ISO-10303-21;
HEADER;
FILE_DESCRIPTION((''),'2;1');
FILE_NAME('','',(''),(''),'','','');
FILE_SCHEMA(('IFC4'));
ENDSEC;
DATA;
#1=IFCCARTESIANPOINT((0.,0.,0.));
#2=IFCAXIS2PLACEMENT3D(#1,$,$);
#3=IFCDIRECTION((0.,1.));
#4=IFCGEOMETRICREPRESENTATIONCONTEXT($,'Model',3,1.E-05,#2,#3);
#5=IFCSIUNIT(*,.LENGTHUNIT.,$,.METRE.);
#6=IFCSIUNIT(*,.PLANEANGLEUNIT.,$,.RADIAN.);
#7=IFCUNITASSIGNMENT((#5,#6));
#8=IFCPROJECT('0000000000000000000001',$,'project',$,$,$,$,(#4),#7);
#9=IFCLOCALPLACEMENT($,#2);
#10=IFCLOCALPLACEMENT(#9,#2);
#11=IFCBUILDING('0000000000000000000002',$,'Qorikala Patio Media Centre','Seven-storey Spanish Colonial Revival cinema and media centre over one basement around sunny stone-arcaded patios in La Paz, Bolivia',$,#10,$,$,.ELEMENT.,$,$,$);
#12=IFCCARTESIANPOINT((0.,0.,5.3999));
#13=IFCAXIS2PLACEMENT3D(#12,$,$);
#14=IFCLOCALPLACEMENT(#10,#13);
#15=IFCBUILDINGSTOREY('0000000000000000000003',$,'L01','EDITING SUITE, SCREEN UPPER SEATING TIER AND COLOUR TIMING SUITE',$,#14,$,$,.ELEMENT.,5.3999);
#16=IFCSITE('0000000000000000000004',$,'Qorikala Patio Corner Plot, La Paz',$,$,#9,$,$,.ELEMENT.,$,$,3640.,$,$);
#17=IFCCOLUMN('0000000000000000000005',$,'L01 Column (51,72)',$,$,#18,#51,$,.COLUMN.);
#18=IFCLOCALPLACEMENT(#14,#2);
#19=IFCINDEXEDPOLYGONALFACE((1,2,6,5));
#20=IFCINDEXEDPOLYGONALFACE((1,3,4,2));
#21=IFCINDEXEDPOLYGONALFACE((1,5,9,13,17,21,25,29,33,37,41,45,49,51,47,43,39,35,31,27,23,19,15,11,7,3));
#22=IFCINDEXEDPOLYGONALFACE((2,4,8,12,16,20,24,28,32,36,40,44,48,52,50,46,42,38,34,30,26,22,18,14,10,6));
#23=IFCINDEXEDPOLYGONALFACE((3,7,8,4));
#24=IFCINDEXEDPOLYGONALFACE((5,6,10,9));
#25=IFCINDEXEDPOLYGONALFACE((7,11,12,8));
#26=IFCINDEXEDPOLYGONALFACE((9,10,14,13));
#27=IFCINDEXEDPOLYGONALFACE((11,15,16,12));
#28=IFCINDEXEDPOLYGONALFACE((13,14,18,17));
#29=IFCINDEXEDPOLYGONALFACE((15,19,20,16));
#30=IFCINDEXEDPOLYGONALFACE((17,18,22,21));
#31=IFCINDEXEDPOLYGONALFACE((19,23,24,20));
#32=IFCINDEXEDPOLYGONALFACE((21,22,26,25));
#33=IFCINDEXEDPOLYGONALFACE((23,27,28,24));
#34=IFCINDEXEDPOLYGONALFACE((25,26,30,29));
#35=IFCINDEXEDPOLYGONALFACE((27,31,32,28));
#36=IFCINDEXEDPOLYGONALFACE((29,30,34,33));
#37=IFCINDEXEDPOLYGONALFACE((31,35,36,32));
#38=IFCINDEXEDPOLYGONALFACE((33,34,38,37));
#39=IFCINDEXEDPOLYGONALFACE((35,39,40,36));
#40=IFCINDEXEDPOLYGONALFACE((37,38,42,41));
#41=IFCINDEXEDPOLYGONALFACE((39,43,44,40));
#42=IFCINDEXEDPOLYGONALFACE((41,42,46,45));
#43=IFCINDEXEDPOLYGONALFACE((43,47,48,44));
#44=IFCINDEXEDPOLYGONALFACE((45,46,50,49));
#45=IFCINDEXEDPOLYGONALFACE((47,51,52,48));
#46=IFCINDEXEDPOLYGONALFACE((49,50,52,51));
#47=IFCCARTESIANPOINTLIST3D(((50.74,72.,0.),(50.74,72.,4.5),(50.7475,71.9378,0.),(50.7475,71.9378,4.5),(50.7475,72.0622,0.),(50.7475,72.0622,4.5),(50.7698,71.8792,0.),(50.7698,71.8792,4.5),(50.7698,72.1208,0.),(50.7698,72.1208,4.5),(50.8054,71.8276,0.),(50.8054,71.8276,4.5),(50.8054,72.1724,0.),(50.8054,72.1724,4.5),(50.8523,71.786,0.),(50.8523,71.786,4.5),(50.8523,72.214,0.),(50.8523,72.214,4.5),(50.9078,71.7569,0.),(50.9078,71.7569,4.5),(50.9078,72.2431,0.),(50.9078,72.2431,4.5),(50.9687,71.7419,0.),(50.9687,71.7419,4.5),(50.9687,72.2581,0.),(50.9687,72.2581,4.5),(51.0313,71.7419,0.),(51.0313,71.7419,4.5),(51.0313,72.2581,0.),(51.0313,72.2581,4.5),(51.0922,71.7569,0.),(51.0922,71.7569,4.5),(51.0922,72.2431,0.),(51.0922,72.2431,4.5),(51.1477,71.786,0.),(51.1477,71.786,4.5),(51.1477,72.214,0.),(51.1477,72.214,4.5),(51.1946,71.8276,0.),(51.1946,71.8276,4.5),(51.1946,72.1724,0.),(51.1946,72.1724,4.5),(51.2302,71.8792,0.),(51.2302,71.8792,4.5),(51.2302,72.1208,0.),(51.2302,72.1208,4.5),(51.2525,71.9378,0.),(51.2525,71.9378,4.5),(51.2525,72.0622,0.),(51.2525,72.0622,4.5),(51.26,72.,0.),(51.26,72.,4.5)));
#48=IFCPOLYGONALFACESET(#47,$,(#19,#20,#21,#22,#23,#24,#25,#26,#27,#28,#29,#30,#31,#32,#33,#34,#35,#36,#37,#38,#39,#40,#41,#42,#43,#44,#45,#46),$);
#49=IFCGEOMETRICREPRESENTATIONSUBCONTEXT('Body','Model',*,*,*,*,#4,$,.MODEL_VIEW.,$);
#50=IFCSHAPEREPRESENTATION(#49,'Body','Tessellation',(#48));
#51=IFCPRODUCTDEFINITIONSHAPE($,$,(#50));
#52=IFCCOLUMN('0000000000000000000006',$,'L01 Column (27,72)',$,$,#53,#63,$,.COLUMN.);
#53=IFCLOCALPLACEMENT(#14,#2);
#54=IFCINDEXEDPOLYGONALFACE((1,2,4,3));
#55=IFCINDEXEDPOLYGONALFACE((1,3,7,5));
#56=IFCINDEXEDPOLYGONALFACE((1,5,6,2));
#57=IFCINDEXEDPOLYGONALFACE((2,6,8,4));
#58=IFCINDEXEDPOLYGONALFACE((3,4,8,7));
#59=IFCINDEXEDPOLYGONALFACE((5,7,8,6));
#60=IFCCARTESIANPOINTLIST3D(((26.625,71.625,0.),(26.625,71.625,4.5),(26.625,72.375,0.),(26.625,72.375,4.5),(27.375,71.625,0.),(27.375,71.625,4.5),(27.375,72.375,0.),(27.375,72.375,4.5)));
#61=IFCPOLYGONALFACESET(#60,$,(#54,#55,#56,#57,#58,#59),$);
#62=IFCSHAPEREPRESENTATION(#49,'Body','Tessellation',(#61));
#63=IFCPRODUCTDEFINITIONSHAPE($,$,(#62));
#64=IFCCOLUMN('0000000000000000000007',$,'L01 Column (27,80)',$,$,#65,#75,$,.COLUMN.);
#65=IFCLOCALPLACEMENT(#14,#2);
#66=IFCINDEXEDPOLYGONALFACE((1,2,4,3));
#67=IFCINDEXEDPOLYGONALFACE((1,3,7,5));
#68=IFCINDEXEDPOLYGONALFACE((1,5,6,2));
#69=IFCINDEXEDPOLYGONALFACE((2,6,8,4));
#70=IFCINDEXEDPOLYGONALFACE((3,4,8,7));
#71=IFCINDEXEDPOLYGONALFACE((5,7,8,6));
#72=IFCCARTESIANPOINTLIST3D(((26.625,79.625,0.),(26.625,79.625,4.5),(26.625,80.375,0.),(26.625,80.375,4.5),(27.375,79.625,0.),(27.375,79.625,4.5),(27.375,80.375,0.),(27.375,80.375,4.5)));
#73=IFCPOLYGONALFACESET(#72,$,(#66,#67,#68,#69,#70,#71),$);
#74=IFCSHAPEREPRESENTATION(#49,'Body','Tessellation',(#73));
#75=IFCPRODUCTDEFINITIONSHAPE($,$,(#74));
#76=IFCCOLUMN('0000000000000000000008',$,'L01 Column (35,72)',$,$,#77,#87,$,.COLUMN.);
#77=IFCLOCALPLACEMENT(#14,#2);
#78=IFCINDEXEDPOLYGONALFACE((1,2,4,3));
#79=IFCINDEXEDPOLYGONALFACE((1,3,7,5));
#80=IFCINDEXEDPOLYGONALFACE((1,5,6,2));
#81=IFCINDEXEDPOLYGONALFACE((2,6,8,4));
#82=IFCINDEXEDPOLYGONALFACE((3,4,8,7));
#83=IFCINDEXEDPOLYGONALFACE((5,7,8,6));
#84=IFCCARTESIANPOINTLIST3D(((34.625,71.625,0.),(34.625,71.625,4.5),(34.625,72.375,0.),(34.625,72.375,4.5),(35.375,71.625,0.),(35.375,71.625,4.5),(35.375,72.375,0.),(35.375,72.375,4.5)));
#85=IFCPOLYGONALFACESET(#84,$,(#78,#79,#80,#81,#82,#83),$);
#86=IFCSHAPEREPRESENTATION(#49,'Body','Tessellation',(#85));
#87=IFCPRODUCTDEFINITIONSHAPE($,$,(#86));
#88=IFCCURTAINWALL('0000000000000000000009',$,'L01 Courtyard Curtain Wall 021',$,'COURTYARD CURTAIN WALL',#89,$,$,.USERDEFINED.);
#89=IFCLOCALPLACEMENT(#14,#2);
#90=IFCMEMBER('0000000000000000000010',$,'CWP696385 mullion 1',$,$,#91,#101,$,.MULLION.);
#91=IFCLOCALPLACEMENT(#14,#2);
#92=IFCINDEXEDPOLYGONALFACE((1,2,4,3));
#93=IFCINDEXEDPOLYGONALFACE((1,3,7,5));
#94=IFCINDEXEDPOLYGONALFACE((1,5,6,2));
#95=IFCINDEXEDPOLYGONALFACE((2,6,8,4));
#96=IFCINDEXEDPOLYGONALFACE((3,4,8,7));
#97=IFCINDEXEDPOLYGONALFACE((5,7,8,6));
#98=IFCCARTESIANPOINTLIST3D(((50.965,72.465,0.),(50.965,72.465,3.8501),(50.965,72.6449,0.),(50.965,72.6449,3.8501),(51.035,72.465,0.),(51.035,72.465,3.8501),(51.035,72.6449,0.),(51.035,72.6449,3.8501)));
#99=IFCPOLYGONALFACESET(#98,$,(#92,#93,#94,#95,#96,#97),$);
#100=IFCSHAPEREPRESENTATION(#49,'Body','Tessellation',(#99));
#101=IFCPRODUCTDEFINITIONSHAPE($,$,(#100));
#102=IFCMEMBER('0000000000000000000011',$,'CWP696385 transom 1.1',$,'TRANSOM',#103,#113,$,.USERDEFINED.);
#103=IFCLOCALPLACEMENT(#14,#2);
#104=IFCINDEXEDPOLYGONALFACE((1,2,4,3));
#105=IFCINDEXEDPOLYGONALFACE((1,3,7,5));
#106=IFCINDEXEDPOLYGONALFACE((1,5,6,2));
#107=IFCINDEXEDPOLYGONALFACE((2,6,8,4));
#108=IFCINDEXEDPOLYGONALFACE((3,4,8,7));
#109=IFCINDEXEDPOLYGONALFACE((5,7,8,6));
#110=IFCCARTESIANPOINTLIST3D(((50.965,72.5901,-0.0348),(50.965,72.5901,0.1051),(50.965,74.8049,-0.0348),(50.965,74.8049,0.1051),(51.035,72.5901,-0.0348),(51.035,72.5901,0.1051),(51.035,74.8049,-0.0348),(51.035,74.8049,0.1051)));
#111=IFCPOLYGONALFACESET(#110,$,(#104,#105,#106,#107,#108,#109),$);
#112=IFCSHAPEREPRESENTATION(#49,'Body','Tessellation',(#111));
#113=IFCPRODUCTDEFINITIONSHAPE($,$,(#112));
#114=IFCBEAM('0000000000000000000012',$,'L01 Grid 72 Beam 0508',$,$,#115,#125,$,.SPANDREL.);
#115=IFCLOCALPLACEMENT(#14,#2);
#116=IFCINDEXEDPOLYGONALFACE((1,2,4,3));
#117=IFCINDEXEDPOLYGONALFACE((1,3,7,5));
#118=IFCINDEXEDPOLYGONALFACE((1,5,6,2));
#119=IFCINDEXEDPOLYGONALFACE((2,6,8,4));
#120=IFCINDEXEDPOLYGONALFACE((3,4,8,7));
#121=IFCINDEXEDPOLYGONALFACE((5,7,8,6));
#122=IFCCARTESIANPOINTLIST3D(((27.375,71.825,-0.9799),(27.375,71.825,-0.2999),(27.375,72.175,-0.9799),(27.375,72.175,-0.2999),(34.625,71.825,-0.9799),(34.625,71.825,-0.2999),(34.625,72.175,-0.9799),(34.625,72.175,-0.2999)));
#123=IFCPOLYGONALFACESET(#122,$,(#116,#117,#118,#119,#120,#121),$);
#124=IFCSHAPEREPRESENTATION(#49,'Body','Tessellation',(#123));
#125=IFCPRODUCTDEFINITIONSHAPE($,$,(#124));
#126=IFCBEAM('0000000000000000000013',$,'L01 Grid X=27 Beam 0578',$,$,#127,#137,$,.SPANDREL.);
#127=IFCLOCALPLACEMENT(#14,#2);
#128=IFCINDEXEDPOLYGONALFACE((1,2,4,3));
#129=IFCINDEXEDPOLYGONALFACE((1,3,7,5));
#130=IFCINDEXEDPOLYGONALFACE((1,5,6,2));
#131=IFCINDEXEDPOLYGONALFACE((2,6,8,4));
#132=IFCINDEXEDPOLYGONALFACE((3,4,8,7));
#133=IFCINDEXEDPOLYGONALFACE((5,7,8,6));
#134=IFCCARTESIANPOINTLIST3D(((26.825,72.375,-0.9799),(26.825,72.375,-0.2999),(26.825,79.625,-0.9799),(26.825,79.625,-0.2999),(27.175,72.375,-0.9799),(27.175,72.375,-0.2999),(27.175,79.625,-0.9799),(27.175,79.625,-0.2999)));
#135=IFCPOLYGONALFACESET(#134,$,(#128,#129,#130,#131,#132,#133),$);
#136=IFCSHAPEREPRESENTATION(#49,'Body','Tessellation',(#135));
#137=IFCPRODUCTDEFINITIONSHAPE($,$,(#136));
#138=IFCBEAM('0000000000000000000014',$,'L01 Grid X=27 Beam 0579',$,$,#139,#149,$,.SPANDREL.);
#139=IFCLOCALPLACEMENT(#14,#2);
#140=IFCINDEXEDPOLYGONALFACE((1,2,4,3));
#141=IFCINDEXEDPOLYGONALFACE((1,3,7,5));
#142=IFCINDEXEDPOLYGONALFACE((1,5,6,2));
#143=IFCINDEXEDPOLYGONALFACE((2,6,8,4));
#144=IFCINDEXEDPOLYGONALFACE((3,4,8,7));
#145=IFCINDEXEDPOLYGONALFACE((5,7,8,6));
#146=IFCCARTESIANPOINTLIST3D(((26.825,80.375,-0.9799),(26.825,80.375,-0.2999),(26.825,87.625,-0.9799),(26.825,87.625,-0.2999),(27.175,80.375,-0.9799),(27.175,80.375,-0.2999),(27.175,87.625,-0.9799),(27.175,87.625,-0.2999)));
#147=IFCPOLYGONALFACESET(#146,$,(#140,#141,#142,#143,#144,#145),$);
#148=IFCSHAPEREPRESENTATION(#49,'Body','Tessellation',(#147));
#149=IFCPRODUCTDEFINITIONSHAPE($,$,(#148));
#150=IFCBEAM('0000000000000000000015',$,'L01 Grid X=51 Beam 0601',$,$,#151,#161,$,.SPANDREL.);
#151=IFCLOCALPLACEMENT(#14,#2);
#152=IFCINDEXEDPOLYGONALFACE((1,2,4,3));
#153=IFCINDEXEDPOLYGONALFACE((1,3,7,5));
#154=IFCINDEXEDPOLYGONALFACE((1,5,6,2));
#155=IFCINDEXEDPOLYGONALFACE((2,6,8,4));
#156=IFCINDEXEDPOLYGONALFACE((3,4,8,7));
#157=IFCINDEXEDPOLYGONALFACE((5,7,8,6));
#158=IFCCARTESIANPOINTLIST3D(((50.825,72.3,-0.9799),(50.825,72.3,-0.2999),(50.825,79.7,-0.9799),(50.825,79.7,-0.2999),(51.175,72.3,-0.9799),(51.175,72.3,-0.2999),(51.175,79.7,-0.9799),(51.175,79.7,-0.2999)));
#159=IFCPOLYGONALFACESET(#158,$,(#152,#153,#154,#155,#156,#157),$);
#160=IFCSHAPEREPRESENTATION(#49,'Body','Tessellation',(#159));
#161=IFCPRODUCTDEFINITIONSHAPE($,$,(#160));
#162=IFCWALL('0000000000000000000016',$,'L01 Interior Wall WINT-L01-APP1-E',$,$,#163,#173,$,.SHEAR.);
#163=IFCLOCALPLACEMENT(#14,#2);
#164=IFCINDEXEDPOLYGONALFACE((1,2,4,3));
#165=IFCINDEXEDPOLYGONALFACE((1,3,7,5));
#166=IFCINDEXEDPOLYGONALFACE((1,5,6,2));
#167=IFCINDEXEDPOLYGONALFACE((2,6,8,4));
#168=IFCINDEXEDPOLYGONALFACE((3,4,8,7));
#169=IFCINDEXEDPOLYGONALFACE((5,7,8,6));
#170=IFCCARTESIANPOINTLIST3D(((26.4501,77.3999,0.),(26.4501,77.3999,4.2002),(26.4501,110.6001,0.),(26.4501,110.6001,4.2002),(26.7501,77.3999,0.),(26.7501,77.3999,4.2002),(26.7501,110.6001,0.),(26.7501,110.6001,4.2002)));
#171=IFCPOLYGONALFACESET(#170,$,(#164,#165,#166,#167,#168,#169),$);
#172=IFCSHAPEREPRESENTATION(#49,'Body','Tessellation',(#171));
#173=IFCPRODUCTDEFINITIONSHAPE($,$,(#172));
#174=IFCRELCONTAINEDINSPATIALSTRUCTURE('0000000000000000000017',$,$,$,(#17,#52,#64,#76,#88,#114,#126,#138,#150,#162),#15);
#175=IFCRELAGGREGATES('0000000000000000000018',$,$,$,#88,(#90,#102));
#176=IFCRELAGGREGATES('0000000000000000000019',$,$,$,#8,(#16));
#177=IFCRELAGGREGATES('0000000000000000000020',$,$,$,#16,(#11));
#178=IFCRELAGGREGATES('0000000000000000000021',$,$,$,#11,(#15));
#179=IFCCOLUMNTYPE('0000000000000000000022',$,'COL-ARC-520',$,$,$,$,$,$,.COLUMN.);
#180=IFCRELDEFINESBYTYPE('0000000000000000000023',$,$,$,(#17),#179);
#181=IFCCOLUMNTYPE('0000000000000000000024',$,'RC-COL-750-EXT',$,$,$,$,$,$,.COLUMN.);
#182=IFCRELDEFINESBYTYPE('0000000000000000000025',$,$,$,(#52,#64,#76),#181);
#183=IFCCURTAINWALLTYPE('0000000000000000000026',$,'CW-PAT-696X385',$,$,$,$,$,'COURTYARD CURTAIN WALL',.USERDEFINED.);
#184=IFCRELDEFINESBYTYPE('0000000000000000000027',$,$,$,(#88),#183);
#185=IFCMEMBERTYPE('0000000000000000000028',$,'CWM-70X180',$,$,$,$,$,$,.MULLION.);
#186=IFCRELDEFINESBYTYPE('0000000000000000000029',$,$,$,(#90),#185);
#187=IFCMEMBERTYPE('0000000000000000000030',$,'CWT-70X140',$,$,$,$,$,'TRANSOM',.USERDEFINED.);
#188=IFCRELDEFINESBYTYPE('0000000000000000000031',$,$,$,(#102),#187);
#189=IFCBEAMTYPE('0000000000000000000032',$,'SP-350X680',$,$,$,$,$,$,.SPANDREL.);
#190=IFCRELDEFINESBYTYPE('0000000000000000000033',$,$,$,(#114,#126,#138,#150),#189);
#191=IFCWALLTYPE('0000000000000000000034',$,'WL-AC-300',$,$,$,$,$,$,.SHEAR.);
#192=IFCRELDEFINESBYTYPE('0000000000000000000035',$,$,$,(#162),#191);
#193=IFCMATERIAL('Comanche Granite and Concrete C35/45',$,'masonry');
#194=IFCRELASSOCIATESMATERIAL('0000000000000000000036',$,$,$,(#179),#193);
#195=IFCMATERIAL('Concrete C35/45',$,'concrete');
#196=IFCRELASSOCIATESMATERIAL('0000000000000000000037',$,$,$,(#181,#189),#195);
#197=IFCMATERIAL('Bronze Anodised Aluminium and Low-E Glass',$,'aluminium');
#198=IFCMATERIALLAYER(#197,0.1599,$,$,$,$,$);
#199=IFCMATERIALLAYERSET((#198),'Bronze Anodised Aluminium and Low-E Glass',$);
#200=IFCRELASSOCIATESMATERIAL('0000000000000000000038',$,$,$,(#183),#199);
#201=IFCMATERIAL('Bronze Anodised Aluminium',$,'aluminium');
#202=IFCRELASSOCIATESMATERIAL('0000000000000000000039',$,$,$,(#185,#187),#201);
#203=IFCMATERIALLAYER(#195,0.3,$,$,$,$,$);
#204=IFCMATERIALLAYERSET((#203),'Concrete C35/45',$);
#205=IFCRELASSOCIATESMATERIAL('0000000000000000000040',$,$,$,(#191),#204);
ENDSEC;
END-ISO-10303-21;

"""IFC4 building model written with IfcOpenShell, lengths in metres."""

from ifc_helpers import new_model, si_unit, direction, frame, frame_2d, origin, origin_2d, place, context, subcontext, project, spatial, rectangle, circle, extrude, material, layer, layer_set, material_profile, profile_set, type_object, element, aggregate, save


model = new_model("IFC4")

# Units and contexts
model_context = context("Model", 3, precision=1e-05, world=origin(), true_north=direction((0.0, 1.0)))
body_context = subcontext(model_context, "Body", "Model", "MODEL_VIEW")
ifc_project = project(units=[si_unit("LENGTHUNIT", "METRE"), si_unit("PLANEANGLEUNIT", "RADIAN")], contexts=[model_context])

# Site, building, storey
site_placement = place(None, origin())
site = spatial("IfcSite", under=ifc_project, at=site_placement, Name="Qorikala Patio Corner Plot, La Paz", CompositionType="ELEMENT", RefElevation=3640.0)
building_placement = place(site_placement, origin())
building = spatial("IfcBuilding", under=site, at=building_placement, Name="Qorikala Patio Media Centre", Description="Seven-storey Spanish Colonial Revival cinema and media centre over one basement around sunny stone-arcaded patios in La Paz, Bolivia", CompositionType="ELEMENT")
storey_placement = place(building_placement, frame((0.0, 0.0, 5.3999)))
storey = spatial("IfcBuildingStorey", under=building, at=storey_placement, Name="L01", Description="EDITING SUITE, SCREEN UPPER SEATING TIER AND COLOUR TIMING SUITE", CompositionType="ELEMENT", Elevation=5.3999)

# Columns
ifc_material_1 = material(Name="Comanche Granite and Concrete C35/45", Category="masonry")
ifc_material_profile_1 = material_profile(ifc_material_1, circle(Radius=0.26, at=origin_2d()), Name="STONE COL D520")
ifc_profile_set_1 = profile_set([ifc_material_profile_1], Name="Comanche Granite and Concrete C35/45")
column_type_1 = type_object("IfcColumnType", Name="COL-ARC-520", PredefinedType="COLUMN", material=ifc_profile_set_1)
column_placement = place(storey_placement, frame((51.0, 72.0, 0.0), z_axis=(0.0, 0.0, 1.0), x_axis=(1.0, 0.0, 0.0)))
element("IfcColumn", 1, at=column_placement, inside=storey, type_object=column_type_1, Name="L01 Column (51,72)", PredefinedType="COLUMN", context=body_context, shape_type="SweptSolid", body=[
    extrude(circle(Radius=0.26, at=origin_2d()), origin(), (0.0, 0.0, 1.0), 4.5),
])
ifc_material_2 = material(Name="Concrete C35/45", Category="concrete")
ifc_material_profile_2 = material_profile(ifc_material_2, rectangle(XDim=0.75, YDim=0.75, at=origin_2d()), Name="RC 750x750")
ifc_profile_set_2 = profile_set([ifc_material_profile_2], Name="Concrete C35/45")
column_type_2 = type_object("IfcColumnType", Name="RC-COL-750-EXT", PredefinedType="COLUMN", material=ifc_profile_set_2)
for number, where, z_axis, x_axis, name in (
    (2, (27.0, 72.0, 0.0), (0.0, 0.0, 1.0), (1.0, 0.0, 0.0), "L01 Column (27,72)"),
    (3, (27.0, 80.0, 0.0), (0.0, 0.0, 1.0), (1.0, 0.0, 0.0), "L01 Column (27,80)"),
    (4, (35.0, 72.0, 0.0), (0.0, 0.0, 1.0), (1.0, 0.0, 0.0), "L01 Column (35,72)"),
):
    element("IfcColumn", number, at=place(storey_placement, frame(where, z_axis=z_axis, x_axis=x_axis)), inside=storey, type_object=column_type_2, Name=name, PredefinedType="COLUMN", context=body_context, shape_type="SweptSolid", body=[
        extrude(rectangle(XDim=0.75, YDim=0.75, at=origin_2d()), origin(), (0.0, 0.0, 1.0), 4.5),
    ])

# Curtain wall, members
ifc_material_3 = material(Name="Bronze Anodised Aluminium and Low-E Glass", Category="aluminium")
ifc_layer_1 = layer(ifc_material_3, 0.1599)
ifc_layer_set_1 = layer_set([ifc_layer_1], Name="Bronze Anodised Aluminium and Low-E Glass")
curtain_wall_type = type_object("IfcCurtainWallType", Name="CW-PAT-696X385", ElementType="COURTYARD CURTAIN WALL", PredefinedType="USERDEFINED", material=ifc_layer_set_1)
curtain_wall_placement = place(storey_placement, origin())
curtain_wall = element("IfcCurtainWall", 5, at=curtain_wall_placement, inside=storey, type_object=curtain_wall_type, Name="L01 Courtyard Curtain Wall 021", ObjectType="COURTYARD CURTAIN WALL", PredefinedType="USERDEFINED")
ifc_material_4 = material(Name="Bronze Anodised Aluminium", Category="aluminium")
ifc_material_profile_3 = material_profile(ifc_material_4, rectangle(XDim=0.0701, YDim=0.1799, at=origin_2d()), Name="ALU MULLION 70x180")
ifc_profile_set_3 = profile_set([ifc_material_profile_3], Name="Bronze Anodised Aluminium")
member_type_1 = type_object("IfcMemberType", Name="CWM-70X180", PredefinedType="MULLION", material=ifc_profile_set_3)
member_1_placement = place(storey_placement, frame((51.0, 72.5549, 0.0), z_axis=(0.0, 0.0, 1.0), x_axis=(-1.0, 0.0, 0.0)))
member_1 = element("IfcMember", 6, at=member_1_placement, type_object=member_type_1, Name="CWP696385 mullion 1", PredefinedType="MULLION", context=body_context, shape_type="SweptSolid", body=[
    extrude(rectangle(XDim=0.0701, YDim=0.1799, at=origin_2d()), origin(), (0.0, 0.0, 1.0), 3.8501),
])
ifc_material_profile_4 = material_profile(ifc_material_4, rectangle(XDim=0.0701, YDim=0.1399, at=origin_2d()), Name="ALU TRANSOM 70x140")
ifc_profile_set_4 = profile_set([ifc_material_profile_4], Name="Bronze Anodised Aluminium")
member_type_2 = type_object("IfcMemberType", Name="CWT-70X140", ElementType="TRANSOM", PredefinedType="USERDEFINED", material=ifc_profile_set_4)
member_2_placement = place(storey_placement, frame((51.0, 72.5901, 0.0352), z_axis=(0.0, 1.0, 0.0), x_axis=(-1.0, 0.0, 0.0)))
member_2 = element("IfcMember", 7, at=member_2_placement, type_object=member_type_2, Name="CWP696385 transom 1.1", ObjectType="TRANSOM", PredefinedType="USERDEFINED", context=body_context, shape_type="SweptSolid", body=[
    extrude(rectangle(XDim=0.0701, YDim=0.1399, at=origin_2d()), origin(), (0.0, 0.0, 1.0), 2.2148),
])
aggregate(curtain_wall, [member_1, member_2])

# Beams
ifc_material_profile_5 = material_profile(ifc_material_2, rectangle(XDim=0.3501, YDim=0.6799, at=origin_2d()), Name="RC 350x680")
ifc_profile_set_5 = profile_set([ifc_material_profile_5], Name="Concrete C35/45")
beam_type = type_object("IfcBeamType", Name="SP-350X680", PredefinedType="SPANDREL", material=ifc_profile_set_5)
for number, where, z_axis, x_axis, name in (
    (8, (27.375, 72.0, -0.6399), (1.0, 0.0, 0.0), (0.0, 1.0, 0.0), "L01 Grid 72 Beam 0508"),
    (9, (27.0, 72.375, -0.6399), (0.0, 1.0, 0.0), (-1.0, 0.0, 0.0), "L01 Grid X=27 Beam 0578"),
    (10, (27.0, 80.375, -0.6399), (0.0, 1.0, 0.0), (-1.0, 0.0, 0.0), "L01 Grid X=27 Beam 0579"),
):
    element("IfcBeam", number, at=place(storey_placement, frame(where, z_axis=z_axis, x_axis=x_axis)), inside=storey, type_object=beam_type, Name=name, PredefinedType="SPANDREL", context=body_context, shape_type="SweptSolid", body=[
        extrude(rectangle(XDim=0.3501, YDim=0.6799, at=origin_2d()), origin(), (0.0, 0.0, 1.0), 7.25),
    ])
beam_placement = place(storey_placement, frame((51.0, 72.3, -0.6399), z_axis=(0.0, 1.0, 0.0), x_axis=(-1.0, 0.0, 0.0)))
element("IfcBeam", 11, at=beam_placement, inside=storey, type_object=beam_type, Name="L01 Grid X=51 Beam 0601", PredefinedType="SPANDREL", context=body_context, shape_type="SweptSolid", body=[
    extrude(rectangle(XDim=0.3501, YDim=0.6799, at=origin_2d()), origin(), (0.0, 0.0, 1.0), 7.3999),
])

# Wall
ifc_layer_2 = layer(ifc_material_2, 0.3)
ifc_layer_set_2 = layer_set([ifc_layer_2], Name="Concrete C35/45")
wall_type_1 = type_object("IfcWallType", Name="WL-AC-300", PredefinedType="SHEAR", material=ifc_layer_set_2)
wall_1_placement = place(storey_placement, frame((26.6001, 77.3999, 0.0), z_axis=(0.0, 0.0, 1.0), x_axis=(0.0, 1.0, 0.0)))
element("IfcWall", 12, at=wall_1_placement, inside=storey, type_object=wall_type_1, Name="L01 Interior Wall WINT-L01-APP1-E", PredefinedType="SHEAR", context=body_context, shape_type="SweptSolid", body=[
    extrude(rectangle(XDim=33.2002, YDim=0.3, at=frame_2d((16.6001, 0.0))), origin(), (0.0, 0.0, 1.0), 4.2002),
])

save(model, "model.ifc")
